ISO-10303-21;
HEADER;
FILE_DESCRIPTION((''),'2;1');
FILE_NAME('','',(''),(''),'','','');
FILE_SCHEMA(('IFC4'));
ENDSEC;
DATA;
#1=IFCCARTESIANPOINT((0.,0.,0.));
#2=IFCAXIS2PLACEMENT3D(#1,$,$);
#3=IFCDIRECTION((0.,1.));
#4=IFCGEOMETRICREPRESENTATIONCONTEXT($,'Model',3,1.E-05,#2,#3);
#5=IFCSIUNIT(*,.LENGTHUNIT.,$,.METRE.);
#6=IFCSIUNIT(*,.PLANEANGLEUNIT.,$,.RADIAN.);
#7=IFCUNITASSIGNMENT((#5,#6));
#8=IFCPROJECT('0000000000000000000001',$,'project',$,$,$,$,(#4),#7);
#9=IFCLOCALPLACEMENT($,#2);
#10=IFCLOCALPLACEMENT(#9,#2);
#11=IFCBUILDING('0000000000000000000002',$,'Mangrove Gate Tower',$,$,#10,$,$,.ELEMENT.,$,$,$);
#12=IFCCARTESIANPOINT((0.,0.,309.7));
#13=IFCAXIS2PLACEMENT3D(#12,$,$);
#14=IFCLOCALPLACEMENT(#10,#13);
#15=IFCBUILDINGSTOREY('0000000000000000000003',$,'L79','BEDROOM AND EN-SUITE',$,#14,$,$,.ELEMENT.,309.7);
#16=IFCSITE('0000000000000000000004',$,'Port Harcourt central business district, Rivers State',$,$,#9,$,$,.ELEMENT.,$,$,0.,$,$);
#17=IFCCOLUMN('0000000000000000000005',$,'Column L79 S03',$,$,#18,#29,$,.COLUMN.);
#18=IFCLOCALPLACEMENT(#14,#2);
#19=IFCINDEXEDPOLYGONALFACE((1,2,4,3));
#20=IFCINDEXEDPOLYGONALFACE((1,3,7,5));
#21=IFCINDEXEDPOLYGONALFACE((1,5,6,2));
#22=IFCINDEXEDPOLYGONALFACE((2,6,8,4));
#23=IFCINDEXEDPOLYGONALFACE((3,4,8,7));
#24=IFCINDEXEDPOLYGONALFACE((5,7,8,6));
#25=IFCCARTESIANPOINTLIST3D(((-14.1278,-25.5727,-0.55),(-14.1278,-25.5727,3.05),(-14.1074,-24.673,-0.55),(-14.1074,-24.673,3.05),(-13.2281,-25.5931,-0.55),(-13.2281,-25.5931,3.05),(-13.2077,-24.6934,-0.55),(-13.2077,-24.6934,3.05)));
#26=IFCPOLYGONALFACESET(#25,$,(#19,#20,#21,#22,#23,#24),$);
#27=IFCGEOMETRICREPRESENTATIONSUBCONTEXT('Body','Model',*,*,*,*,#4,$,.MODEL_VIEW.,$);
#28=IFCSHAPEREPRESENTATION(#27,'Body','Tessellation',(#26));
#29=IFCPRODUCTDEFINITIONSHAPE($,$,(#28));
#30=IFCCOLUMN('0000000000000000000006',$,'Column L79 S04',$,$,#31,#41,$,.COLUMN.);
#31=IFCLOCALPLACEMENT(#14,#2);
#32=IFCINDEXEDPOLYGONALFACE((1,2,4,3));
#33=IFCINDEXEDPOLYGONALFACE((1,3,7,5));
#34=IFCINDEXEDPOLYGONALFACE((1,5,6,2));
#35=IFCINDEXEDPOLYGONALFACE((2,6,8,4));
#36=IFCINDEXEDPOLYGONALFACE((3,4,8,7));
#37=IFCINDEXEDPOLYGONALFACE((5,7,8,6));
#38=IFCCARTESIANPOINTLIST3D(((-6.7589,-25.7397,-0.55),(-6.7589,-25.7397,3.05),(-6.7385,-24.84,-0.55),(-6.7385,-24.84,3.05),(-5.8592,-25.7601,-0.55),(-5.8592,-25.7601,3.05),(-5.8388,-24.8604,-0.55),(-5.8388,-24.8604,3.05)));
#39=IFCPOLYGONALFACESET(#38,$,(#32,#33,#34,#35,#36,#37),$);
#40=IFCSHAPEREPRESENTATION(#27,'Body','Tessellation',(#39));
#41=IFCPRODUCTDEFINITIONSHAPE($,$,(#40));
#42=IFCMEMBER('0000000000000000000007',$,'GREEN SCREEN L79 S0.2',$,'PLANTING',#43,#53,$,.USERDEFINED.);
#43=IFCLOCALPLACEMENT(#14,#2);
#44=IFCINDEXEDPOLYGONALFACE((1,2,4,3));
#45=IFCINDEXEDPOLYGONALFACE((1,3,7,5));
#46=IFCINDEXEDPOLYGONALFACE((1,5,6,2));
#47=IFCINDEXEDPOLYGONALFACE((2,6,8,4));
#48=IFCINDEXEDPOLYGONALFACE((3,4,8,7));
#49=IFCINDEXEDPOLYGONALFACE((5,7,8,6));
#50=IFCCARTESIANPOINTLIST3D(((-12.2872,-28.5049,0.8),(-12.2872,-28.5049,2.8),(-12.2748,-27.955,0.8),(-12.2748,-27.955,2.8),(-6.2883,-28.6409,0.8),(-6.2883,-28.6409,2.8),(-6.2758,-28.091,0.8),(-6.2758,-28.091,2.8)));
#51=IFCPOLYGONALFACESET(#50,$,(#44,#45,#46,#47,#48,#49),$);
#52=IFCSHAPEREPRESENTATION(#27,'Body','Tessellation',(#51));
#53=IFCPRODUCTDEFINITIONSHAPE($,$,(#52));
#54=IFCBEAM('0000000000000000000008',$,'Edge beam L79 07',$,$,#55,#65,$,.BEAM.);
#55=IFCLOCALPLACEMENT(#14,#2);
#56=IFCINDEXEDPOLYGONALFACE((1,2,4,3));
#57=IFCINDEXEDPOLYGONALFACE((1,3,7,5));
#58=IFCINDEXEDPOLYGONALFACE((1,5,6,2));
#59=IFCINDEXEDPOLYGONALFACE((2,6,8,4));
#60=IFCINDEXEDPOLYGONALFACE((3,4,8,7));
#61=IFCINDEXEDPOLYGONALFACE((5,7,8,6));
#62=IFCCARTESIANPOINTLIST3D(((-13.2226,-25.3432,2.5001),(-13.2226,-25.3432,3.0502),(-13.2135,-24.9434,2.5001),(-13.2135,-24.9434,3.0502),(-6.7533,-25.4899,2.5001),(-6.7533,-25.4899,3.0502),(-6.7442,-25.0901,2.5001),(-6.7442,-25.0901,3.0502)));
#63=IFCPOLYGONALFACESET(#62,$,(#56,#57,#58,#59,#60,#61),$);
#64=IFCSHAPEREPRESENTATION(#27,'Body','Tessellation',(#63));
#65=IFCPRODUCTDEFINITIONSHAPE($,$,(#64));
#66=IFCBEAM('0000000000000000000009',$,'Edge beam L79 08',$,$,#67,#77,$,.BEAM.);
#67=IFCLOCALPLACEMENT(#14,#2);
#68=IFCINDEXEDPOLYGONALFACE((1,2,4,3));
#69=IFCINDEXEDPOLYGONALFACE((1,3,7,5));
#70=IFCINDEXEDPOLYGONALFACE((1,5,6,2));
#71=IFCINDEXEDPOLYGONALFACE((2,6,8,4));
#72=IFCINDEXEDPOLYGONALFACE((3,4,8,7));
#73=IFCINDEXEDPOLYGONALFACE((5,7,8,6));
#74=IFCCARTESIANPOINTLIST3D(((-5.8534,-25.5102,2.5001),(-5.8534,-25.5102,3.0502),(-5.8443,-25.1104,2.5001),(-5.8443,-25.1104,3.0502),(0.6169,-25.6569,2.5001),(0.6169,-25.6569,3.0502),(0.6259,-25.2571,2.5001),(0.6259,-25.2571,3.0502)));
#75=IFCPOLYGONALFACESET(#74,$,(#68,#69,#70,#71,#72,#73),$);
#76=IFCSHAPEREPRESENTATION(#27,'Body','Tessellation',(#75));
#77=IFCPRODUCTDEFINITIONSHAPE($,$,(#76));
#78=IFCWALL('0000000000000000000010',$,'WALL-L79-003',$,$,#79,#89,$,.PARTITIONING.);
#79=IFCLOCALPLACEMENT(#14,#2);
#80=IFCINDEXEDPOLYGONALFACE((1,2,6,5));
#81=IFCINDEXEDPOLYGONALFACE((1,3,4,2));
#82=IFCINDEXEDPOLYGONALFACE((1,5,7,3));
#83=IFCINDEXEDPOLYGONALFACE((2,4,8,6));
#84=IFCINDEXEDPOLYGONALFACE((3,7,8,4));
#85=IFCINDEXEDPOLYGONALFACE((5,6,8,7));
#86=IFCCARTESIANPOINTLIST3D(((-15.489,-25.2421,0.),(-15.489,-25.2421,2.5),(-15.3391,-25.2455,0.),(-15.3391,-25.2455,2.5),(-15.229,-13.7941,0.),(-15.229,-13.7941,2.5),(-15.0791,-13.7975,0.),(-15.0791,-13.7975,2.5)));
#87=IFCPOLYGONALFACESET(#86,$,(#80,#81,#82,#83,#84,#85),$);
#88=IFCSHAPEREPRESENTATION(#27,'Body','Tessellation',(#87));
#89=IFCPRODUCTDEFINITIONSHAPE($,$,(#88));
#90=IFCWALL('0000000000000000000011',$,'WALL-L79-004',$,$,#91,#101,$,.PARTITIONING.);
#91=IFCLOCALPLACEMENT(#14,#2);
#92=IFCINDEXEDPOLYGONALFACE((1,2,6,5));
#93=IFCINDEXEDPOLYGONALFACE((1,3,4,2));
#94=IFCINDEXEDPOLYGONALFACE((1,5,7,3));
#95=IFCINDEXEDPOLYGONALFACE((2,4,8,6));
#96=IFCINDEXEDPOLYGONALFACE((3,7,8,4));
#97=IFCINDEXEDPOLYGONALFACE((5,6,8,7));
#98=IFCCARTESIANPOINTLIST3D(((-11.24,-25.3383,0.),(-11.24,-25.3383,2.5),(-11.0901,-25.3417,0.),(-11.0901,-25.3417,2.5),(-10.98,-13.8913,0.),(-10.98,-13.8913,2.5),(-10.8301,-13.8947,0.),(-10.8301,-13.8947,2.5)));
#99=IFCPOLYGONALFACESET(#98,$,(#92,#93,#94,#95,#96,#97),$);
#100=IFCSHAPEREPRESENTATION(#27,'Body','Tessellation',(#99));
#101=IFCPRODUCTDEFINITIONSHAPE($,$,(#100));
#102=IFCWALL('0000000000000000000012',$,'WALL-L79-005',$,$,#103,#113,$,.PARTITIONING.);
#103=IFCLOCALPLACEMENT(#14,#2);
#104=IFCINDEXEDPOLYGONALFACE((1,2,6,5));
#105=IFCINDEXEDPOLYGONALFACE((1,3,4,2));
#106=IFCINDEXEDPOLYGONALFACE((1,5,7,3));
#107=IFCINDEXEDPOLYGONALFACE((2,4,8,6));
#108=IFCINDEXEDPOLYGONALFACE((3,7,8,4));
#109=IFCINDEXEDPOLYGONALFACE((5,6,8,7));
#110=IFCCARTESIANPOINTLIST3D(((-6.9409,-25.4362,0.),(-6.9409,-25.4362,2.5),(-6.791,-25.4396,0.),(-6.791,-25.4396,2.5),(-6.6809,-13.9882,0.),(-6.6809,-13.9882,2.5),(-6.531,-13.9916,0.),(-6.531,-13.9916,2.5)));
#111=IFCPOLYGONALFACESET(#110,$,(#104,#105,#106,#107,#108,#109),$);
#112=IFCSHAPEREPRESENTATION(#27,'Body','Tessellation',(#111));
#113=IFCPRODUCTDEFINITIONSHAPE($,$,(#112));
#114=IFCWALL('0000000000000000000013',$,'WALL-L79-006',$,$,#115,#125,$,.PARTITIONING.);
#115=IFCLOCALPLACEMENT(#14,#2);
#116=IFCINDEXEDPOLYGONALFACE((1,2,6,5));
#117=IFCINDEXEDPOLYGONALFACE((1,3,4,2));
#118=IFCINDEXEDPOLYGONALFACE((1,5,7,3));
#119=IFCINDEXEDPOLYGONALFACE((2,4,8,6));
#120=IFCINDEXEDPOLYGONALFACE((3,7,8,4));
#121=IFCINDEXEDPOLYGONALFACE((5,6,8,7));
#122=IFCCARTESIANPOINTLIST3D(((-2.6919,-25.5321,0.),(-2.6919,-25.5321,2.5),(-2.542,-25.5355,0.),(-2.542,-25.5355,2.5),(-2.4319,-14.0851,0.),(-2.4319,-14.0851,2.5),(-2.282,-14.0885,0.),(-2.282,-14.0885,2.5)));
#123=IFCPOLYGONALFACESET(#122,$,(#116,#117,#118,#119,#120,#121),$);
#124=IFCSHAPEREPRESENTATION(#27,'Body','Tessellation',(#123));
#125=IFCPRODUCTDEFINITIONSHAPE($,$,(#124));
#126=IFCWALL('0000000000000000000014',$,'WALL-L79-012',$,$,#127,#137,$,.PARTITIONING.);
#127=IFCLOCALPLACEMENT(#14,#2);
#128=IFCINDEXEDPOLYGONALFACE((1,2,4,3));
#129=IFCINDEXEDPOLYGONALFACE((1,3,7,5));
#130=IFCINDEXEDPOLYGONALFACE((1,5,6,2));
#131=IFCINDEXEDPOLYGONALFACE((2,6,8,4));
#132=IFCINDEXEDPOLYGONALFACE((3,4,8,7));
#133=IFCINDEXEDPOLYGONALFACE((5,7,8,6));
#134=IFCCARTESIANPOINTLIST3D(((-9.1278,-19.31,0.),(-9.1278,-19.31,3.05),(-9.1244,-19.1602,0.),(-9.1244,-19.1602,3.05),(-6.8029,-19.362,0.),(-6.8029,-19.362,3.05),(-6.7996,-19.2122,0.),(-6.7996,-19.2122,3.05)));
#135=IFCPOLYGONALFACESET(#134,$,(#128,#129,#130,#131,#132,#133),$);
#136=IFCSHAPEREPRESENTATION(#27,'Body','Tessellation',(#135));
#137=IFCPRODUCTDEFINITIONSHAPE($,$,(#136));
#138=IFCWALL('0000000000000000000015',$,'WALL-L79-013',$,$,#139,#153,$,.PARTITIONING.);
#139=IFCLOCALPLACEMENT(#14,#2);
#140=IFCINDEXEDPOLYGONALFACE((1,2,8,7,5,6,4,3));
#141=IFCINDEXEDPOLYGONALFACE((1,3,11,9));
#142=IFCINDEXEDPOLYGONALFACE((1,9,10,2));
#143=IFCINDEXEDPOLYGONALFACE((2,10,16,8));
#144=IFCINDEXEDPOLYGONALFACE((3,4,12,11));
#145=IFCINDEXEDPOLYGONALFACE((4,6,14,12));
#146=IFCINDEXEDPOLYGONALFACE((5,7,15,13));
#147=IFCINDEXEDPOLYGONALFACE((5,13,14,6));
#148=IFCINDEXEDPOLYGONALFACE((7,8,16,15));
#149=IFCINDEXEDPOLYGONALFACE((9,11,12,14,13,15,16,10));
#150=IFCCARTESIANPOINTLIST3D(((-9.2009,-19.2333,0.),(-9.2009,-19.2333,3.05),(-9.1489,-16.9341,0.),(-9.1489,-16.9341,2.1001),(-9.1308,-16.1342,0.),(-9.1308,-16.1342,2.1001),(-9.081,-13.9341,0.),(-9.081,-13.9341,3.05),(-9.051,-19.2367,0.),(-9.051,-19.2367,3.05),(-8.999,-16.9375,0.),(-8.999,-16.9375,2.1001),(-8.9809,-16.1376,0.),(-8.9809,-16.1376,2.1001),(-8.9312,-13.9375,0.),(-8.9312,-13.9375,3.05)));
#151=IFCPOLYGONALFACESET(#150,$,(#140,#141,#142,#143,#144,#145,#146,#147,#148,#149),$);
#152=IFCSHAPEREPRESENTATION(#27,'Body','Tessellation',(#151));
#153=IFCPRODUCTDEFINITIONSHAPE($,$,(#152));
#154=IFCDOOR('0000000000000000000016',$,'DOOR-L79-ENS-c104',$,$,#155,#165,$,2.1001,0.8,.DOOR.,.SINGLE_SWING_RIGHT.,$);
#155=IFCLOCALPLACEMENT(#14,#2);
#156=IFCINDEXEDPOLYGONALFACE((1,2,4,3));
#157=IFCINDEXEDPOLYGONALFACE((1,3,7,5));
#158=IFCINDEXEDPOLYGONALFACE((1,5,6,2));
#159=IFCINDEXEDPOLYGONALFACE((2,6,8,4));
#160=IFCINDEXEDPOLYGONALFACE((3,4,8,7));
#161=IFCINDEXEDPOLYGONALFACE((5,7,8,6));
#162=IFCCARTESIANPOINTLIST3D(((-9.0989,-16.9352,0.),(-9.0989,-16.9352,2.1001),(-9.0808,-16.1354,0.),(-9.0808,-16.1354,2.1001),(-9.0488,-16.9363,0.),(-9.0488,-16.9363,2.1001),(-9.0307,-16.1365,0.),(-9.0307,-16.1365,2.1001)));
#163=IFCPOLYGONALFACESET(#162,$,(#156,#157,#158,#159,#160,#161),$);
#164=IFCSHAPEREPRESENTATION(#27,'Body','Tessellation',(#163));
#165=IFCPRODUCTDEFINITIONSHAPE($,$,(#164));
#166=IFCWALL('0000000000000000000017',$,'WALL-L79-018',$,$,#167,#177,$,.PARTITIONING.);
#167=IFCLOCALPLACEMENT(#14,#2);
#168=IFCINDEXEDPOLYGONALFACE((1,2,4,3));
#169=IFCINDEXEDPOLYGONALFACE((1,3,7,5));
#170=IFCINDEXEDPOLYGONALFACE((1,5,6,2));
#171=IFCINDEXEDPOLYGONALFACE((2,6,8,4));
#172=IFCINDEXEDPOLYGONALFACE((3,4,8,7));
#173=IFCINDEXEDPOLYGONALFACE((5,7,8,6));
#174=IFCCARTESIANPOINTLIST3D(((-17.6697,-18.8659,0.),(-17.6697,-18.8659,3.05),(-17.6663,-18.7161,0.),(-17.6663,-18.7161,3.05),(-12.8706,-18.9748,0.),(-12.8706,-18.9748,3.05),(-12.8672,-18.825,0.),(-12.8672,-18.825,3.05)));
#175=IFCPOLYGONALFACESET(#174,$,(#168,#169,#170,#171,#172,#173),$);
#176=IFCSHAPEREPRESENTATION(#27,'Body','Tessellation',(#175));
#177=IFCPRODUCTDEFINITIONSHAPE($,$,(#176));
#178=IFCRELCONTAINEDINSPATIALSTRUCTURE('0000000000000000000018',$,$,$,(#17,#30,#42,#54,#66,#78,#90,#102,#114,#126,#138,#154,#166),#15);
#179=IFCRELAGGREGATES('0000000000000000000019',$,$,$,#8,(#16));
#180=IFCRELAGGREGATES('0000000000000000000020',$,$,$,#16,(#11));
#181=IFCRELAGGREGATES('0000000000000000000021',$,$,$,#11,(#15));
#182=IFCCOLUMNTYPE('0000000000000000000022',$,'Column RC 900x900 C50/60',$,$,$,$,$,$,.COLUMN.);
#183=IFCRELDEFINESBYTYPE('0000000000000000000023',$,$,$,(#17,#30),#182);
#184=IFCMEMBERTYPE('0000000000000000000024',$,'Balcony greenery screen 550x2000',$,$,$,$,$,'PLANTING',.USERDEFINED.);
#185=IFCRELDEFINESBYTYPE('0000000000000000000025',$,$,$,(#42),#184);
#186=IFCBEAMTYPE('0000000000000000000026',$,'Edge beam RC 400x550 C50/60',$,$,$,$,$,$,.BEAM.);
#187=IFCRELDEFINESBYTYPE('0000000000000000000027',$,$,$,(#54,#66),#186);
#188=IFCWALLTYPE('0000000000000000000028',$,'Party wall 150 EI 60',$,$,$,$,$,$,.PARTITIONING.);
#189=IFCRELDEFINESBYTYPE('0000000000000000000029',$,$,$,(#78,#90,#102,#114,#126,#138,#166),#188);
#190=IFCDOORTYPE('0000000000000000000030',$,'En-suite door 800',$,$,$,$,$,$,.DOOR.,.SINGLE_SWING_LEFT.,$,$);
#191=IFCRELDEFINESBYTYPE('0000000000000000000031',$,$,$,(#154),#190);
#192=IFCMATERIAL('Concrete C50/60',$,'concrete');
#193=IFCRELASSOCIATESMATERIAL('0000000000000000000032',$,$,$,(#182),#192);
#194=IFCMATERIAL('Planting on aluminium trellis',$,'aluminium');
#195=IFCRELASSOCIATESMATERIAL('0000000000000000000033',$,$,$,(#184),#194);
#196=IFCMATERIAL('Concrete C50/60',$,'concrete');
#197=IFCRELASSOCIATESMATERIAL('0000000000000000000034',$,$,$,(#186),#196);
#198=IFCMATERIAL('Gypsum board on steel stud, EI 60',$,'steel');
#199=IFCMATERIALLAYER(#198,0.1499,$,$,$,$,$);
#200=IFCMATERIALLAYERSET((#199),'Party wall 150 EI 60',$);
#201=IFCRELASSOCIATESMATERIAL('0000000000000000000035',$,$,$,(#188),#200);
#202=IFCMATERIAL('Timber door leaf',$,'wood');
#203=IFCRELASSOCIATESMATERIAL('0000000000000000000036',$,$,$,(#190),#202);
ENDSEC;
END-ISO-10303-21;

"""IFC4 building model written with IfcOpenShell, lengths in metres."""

from ifc_helpers import new_model, si_unit, direction, frame, frame_2d, origin, origin_2d, place, context, subcontext, project, spatial, rectangle, extrude, material, layer, layer_set, material_profile, profile_set, type_object, element, fill, save


model = new_model("IFC4")

# Units and contexts
model_context = context("Model", 3, precision=1e-05, world=origin(), true_north=direction((0.0, 1.0)))
body_context = subcontext(model_context, "Body", "Model", "MODEL_VIEW")
ifc_project = project(units=[si_unit("LENGTHUNIT", "METRE"), si_unit("PLANEANGLEUNIT", "RADIAN")], contexts=[model_context])

# Site, building, storey
site_placement = place(None, origin())
site = spatial("IfcSite", under=ifc_project, at=site_placement, Name="Port Harcourt central business district, Rivers State", CompositionType="ELEMENT", RefElevation=0.0)
building_placement = place(site_placement, origin())
building = spatial("IfcBuilding", under=site, at=building_placement, Name="Mangrove Gate Tower", CompositionType="ELEMENT")
storey_placement = place(building_placement, frame((0.0, 0.0, 309.7)))
storey = spatial("IfcBuildingStorey", under=building, at=storey_placement, Name="L79", Description="BEDROOM AND EN-SUITE", CompositionType="ELEMENT", Elevation=309.7)

# Columns
ifc_material_1 = material(Name="Concrete C50/60", Category="concrete")
ifc_material_profile_1 = material_profile(ifc_material_1, rectangle(XDim=0.8999, YDim=0.8999, at=origin_2d()))
ifc_profile_set_1 = profile_set([ifc_material_profile_1], Name="Concrete C50/60")
column_type = type_object("IfcColumnType", Name="Column RC 900x900 C50/60", PredefinedType="COLUMN", material=ifc_profile_set_1)
for number, where, z_axis, x_axis, name in (
    (1, (-13.6677, -25.1331, -0.55), (0.0, 0.0, 1.0), (0.999743, -0.022655, 0.0), "Column L79 S03"),
    (2, (-6.2988, -25.3, -0.55), (0.0, 0.0, 1.0), (0.999743, -0.022655, 0.0), "Column L79 S04"),
):
    element("IfcColumn", number, at=place(storey_placement, frame(where, z_axis=z_axis, x_axis=x_axis)), inside=storey, type_object=column_type, Name=name, PredefinedType="COLUMN", context=body_context, shape_type="SweptSolid", body=[
        extrude(rectangle(XDim=0.8999, YDim=0.8999, at=origin_2d()), origin(), (0.0, 0.0, 1.0), 3.6001),
    ])

# Member
ifc_material_2 = material(Name="Planting on aluminium trellis", Category="aluminium")
ifc_material_profile_2 = material_profile(ifc_material_2, rectangle(XDim=0.55, YDim=2.0, at=origin_2d()))
ifc_profile_set_2 = profile_set([ifc_material_profile_2], Name="Planting on aluminium trellis")
member_type = type_object("IfcMemberType", Name="Balcony greenery screen 550x2000", ElementType="PLANTING", PredefinedType="USERDEFINED", material=ifc_profile_set_2)
member_placement = place(storey_placement, frame((-12.281, -28.23, 1.8), z_axis=(0.999743, -0.022662, 0.0), x_axis=(0.022662, 0.999743, 0.0)))
element("IfcMember", 3, at=member_placement, inside=storey, type_object=member_type, Name="GREEN SCREEN L79 S0.2", ObjectType="PLANTING", PredefinedType="USERDEFINED", context=body_context, shape_type="SweptSolid", body=[
    extrude(rectangle(XDim=0.55, YDim=2.0, at=origin_2d()), origin(), (0.0, 0.0, 1.0), 6.0005),
])

# Beams
ifc_material_3 = material(Name="Concrete C50/60", Category="concrete")
ifc_material_profile_3 = material_profile(ifc_material_3, rectangle(XDim=0.3999, YDim=0.55, at=origin_2d()))
ifc_profile_set_3 = profile_set([ifc_material_profile_3], Name="Concrete C50/60")
beam_type = type_object("IfcBeamType", Name="Edge beam RC 400x550 C50/60", PredefinedType="BEAM", material=ifc_profile_set_3)
beam_1_placement = place(storey_placement, frame((-13.218, -25.1433, 2.7751), z_axis=(0.999743, -0.022675, 0.0), x_axis=(0.022675, 0.999743, 0.0)))
element("IfcBeam", 4, at=beam_1_placement, inside=storey, type_object=beam_type, Name="Edge beam L79 07", PredefinedType="BEAM", context=body_context, shape_type="SweptSolid", body=[
    extrude(rectangle(XDim=0.3999, YDim=0.55, at=origin_2d()), origin(), (0.0, 0.0, 1.0), 6.4709),
])
beam_2_placement = place(storey_placement, frame((-5.8489, -25.3103, 2.7751), z_axis=(0.999743, -0.022672, 0.0), x_axis=(0.022672, 0.999743, 0.0)))
element("IfcBeam", 5, at=beam_2_placement, inside=storey, type_object=beam_type, Name="Edge beam L79 08", PredefinedType="BEAM", context=body_context, shape_type="SweptSolid", body=[
    extrude(rectangle(XDim=0.3999, YDim=0.55, at=origin_2d()), origin(), (0.0, 0.0, 1.0), 6.4719),
])

# Walls
ifc_material_4 = material(Name="Gypsum board on steel stud, EI 60", Category="steel")
ifc_layer_1 = layer(ifc_material_4, 0.1499)
ifc_layer_set_1 = layer_set([ifc_layer_1], Name="Party wall 150 EI 60")
wall_type_1 = type_object("IfcWallType", Name="Party wall 150 EI 60", PredefinedType="PARTITIONING", material=ifc_layer_set_1)
wall_1_placement = place(storey_placement, frame((-15.4141, -25.2439, 0.0), z_axis=(0.0, 0.0, 1.0), x_axis=(0.022706, 0.999742, 0.0)))
element("IfcWall", 6, at=wall_1_placement, inside=storey, type_object=wall_type_1, Name="WALL-L79-003", PredefinedType="PARTITIONING", context=body_context, shape_type="SweptSolid", body=[
    extrude(rectangle(XDim=11.4509, YDim=0.1499, at=frame_2d((5.7256, 0.0))), origin(), (0.0, 0.0, 1.0), 2.5),
])
wall_2_placement = place(storey_placement, frame((-11.165, -25.3401, 0.0), z_axis=(0.0, 0.0, 1.0), x_axis=(0.022708, 0.999742, 0.0)))
element("IfcWall", 7, at=wall_2_placement, inside=storey, type_object=wall_type_1, Name="WALL-L79-004", PredefinedType="PARTITIONING", context=body_context, shape_type="SweptSolid", body=[
    extrude(rectangle(XDim=11.45, YDim=0.1499, at=frame_2d((5.7251, 0.0))), origin(), (0.0, 0.0, 1.0), 2.5),
])
wall_3_placement = place(storey_placement, frame((-6.866, -25.438, 0.0), z_axis=(0.0, 0.0, 1.0), x_axis=(0.022706, 0.999742, 0.0)))
element("IfcWall", 8, at=wall_3_placement, inside=storey, type_object=wall_type_1, Name="WALL-L79-005", PredefinedType="PARTITIONING", context=body_context, shape_type="SweptSolid", body=[
    extrude(rectangle(XDim=11.4509, YDim=0.1499, at=frame_2d((5.7256, 0.0))), origin(), (0.0, 0.0, 1.0), 2.5),
])
wall_4_placement = place(storey_placement, frame((-2.6169, -25.5339, 0.0), z_axis=(0.0, 0.0, 1.0), x_axis=(0.022708, 0.999742, 0.0)))
element("IfcWall", 9, at=wall_4_placement, inside=storey, type_object=wall_type_1, Name="WALL-L79-006", PredefinedType="PARTITIONING", context=body_context, shape_type="SweptSolid", body=[
    extrude(rectangle(XDim=11.45, YDim=0.1499, at=frame_2d((5.7251, 0.0))), origin(), (0.0, 0.0, 1.0), 2.5),
])
wall_5_placement = place(storey_placement, frame((-9.126, -19.2351, 0.0), z_axis=(0.0, 0.0, 1.0), x_axis=(0.99975, -0.022361, 0.0)))
element("IfcWall", 10, at=wall_5_placement, inside=storey, type_object=wall_type_1, Name="WALL-L79-012", PredefinedType="PARTITIONING", context=body_context, shape_type="SweptSolid", body=[
    extrude(rectangle(XDim=2.3254, YDim=0.1499, at=frame_2d((1.1626, 0.0))), origin(), (0.0, 0.0, 1.0), 3.05),
])

# Wall, opening, door
wall_6_placement = place(storey_placement, frame((-9.126, -19.2351, 0.0), z_axis=(0.0, 0.0, 1.0), x_axis=(0.022616, 0.999744, 0.0)))
wall_6 = element("IfcWall", 11, at=wall_6_placement, inside=storey, type_object=wall_type_1, Name="WALL-L79-013", PredefinedType="PARTITIONING", context=body_context, shape_type="SweptSolid", body=[
    extrude(rectangle(XDim=5.3005, YDim=0.1499, at=frame_2d((2.6504, 0.0))), origin(), (0.0, 0.0, 1.0), 3.05),
])
opening_1_placement = place(wall_6_placement, frame((2.3, 0.0, 0.0)))
opening_1 = element("IfcOpeningElement", 12, at=opening_1_placement, cuts=wall_6, PredefinedType="OPENING", context=body_context, shape_type="SweptSolid", body=[
    extrude(rectangle(XDim=0.8, YDim=2.1001, at=frame_2d((0.3999, 1.05))), frame((0.0, 0.085, 0.0), z_axis=(0.0, -1.0, 0.0), x_axis=(1.0, 0.0, 0.0)), (0.0, 0.0, 1.0), 0.1699),
])
ifc_material_5 = material(Name="Timber door leaf", Category="wood")
door_type = type_object("IfcDoorType", Name="En-suite door 800", OperationType="SINGLE_SWING_LEFT", PredefinedType="DOOR", material=ifc_material_5)
door_1_placement = place(opening_1_placement, origin())
door_1 = element("IfcDoor", 13, at=door_1_placement, inside=storey, type_object=door_type, Name="DOOR-L79-ENS-c104", OperationType="SINGLE_SWING_RIGHT", OverallHeight=2.1001, OverallWidth=0.8, PredefinedType="DOOR", context=body_context, shape_type="SweptSolid", body=[
    extrude(rectangle(XDim=0.8, YDim=2.1001, at=frame_2d((0.3999, 1.05))), frame((0.0, 0.0249, 0.0), z_axis=(0.0, -1.0, 0.0), x_axis=(1.0, 0.0, 0.0)), (0.0, 0.0, 1.0), 0.05),
])
fill(opening_1, door_1)

# Wall
wall_7_placement = place(storey_placement, frame((-17.668, -18.791, 0.0), z_axis=(0.0, 0.0, 1.0), x_axis=(0.999743, -0.022683, 0.0)))
element("IfcWall", 14, at=wall_7_placement, inside=storey, type_object=wall_type_1, Name="WALL-L79-018", PredefinedType="PARTITIONING", context=body_context, shape_type="SweptSolid", body=[
    extrude(rectangle(XDim=4.8003, YDim=0.1499, at=frame_2d((2.4001, 0.0))), origin(), (0.0, 0.0, 1.0), 3.05),
])

save(model, "model.ifc")
